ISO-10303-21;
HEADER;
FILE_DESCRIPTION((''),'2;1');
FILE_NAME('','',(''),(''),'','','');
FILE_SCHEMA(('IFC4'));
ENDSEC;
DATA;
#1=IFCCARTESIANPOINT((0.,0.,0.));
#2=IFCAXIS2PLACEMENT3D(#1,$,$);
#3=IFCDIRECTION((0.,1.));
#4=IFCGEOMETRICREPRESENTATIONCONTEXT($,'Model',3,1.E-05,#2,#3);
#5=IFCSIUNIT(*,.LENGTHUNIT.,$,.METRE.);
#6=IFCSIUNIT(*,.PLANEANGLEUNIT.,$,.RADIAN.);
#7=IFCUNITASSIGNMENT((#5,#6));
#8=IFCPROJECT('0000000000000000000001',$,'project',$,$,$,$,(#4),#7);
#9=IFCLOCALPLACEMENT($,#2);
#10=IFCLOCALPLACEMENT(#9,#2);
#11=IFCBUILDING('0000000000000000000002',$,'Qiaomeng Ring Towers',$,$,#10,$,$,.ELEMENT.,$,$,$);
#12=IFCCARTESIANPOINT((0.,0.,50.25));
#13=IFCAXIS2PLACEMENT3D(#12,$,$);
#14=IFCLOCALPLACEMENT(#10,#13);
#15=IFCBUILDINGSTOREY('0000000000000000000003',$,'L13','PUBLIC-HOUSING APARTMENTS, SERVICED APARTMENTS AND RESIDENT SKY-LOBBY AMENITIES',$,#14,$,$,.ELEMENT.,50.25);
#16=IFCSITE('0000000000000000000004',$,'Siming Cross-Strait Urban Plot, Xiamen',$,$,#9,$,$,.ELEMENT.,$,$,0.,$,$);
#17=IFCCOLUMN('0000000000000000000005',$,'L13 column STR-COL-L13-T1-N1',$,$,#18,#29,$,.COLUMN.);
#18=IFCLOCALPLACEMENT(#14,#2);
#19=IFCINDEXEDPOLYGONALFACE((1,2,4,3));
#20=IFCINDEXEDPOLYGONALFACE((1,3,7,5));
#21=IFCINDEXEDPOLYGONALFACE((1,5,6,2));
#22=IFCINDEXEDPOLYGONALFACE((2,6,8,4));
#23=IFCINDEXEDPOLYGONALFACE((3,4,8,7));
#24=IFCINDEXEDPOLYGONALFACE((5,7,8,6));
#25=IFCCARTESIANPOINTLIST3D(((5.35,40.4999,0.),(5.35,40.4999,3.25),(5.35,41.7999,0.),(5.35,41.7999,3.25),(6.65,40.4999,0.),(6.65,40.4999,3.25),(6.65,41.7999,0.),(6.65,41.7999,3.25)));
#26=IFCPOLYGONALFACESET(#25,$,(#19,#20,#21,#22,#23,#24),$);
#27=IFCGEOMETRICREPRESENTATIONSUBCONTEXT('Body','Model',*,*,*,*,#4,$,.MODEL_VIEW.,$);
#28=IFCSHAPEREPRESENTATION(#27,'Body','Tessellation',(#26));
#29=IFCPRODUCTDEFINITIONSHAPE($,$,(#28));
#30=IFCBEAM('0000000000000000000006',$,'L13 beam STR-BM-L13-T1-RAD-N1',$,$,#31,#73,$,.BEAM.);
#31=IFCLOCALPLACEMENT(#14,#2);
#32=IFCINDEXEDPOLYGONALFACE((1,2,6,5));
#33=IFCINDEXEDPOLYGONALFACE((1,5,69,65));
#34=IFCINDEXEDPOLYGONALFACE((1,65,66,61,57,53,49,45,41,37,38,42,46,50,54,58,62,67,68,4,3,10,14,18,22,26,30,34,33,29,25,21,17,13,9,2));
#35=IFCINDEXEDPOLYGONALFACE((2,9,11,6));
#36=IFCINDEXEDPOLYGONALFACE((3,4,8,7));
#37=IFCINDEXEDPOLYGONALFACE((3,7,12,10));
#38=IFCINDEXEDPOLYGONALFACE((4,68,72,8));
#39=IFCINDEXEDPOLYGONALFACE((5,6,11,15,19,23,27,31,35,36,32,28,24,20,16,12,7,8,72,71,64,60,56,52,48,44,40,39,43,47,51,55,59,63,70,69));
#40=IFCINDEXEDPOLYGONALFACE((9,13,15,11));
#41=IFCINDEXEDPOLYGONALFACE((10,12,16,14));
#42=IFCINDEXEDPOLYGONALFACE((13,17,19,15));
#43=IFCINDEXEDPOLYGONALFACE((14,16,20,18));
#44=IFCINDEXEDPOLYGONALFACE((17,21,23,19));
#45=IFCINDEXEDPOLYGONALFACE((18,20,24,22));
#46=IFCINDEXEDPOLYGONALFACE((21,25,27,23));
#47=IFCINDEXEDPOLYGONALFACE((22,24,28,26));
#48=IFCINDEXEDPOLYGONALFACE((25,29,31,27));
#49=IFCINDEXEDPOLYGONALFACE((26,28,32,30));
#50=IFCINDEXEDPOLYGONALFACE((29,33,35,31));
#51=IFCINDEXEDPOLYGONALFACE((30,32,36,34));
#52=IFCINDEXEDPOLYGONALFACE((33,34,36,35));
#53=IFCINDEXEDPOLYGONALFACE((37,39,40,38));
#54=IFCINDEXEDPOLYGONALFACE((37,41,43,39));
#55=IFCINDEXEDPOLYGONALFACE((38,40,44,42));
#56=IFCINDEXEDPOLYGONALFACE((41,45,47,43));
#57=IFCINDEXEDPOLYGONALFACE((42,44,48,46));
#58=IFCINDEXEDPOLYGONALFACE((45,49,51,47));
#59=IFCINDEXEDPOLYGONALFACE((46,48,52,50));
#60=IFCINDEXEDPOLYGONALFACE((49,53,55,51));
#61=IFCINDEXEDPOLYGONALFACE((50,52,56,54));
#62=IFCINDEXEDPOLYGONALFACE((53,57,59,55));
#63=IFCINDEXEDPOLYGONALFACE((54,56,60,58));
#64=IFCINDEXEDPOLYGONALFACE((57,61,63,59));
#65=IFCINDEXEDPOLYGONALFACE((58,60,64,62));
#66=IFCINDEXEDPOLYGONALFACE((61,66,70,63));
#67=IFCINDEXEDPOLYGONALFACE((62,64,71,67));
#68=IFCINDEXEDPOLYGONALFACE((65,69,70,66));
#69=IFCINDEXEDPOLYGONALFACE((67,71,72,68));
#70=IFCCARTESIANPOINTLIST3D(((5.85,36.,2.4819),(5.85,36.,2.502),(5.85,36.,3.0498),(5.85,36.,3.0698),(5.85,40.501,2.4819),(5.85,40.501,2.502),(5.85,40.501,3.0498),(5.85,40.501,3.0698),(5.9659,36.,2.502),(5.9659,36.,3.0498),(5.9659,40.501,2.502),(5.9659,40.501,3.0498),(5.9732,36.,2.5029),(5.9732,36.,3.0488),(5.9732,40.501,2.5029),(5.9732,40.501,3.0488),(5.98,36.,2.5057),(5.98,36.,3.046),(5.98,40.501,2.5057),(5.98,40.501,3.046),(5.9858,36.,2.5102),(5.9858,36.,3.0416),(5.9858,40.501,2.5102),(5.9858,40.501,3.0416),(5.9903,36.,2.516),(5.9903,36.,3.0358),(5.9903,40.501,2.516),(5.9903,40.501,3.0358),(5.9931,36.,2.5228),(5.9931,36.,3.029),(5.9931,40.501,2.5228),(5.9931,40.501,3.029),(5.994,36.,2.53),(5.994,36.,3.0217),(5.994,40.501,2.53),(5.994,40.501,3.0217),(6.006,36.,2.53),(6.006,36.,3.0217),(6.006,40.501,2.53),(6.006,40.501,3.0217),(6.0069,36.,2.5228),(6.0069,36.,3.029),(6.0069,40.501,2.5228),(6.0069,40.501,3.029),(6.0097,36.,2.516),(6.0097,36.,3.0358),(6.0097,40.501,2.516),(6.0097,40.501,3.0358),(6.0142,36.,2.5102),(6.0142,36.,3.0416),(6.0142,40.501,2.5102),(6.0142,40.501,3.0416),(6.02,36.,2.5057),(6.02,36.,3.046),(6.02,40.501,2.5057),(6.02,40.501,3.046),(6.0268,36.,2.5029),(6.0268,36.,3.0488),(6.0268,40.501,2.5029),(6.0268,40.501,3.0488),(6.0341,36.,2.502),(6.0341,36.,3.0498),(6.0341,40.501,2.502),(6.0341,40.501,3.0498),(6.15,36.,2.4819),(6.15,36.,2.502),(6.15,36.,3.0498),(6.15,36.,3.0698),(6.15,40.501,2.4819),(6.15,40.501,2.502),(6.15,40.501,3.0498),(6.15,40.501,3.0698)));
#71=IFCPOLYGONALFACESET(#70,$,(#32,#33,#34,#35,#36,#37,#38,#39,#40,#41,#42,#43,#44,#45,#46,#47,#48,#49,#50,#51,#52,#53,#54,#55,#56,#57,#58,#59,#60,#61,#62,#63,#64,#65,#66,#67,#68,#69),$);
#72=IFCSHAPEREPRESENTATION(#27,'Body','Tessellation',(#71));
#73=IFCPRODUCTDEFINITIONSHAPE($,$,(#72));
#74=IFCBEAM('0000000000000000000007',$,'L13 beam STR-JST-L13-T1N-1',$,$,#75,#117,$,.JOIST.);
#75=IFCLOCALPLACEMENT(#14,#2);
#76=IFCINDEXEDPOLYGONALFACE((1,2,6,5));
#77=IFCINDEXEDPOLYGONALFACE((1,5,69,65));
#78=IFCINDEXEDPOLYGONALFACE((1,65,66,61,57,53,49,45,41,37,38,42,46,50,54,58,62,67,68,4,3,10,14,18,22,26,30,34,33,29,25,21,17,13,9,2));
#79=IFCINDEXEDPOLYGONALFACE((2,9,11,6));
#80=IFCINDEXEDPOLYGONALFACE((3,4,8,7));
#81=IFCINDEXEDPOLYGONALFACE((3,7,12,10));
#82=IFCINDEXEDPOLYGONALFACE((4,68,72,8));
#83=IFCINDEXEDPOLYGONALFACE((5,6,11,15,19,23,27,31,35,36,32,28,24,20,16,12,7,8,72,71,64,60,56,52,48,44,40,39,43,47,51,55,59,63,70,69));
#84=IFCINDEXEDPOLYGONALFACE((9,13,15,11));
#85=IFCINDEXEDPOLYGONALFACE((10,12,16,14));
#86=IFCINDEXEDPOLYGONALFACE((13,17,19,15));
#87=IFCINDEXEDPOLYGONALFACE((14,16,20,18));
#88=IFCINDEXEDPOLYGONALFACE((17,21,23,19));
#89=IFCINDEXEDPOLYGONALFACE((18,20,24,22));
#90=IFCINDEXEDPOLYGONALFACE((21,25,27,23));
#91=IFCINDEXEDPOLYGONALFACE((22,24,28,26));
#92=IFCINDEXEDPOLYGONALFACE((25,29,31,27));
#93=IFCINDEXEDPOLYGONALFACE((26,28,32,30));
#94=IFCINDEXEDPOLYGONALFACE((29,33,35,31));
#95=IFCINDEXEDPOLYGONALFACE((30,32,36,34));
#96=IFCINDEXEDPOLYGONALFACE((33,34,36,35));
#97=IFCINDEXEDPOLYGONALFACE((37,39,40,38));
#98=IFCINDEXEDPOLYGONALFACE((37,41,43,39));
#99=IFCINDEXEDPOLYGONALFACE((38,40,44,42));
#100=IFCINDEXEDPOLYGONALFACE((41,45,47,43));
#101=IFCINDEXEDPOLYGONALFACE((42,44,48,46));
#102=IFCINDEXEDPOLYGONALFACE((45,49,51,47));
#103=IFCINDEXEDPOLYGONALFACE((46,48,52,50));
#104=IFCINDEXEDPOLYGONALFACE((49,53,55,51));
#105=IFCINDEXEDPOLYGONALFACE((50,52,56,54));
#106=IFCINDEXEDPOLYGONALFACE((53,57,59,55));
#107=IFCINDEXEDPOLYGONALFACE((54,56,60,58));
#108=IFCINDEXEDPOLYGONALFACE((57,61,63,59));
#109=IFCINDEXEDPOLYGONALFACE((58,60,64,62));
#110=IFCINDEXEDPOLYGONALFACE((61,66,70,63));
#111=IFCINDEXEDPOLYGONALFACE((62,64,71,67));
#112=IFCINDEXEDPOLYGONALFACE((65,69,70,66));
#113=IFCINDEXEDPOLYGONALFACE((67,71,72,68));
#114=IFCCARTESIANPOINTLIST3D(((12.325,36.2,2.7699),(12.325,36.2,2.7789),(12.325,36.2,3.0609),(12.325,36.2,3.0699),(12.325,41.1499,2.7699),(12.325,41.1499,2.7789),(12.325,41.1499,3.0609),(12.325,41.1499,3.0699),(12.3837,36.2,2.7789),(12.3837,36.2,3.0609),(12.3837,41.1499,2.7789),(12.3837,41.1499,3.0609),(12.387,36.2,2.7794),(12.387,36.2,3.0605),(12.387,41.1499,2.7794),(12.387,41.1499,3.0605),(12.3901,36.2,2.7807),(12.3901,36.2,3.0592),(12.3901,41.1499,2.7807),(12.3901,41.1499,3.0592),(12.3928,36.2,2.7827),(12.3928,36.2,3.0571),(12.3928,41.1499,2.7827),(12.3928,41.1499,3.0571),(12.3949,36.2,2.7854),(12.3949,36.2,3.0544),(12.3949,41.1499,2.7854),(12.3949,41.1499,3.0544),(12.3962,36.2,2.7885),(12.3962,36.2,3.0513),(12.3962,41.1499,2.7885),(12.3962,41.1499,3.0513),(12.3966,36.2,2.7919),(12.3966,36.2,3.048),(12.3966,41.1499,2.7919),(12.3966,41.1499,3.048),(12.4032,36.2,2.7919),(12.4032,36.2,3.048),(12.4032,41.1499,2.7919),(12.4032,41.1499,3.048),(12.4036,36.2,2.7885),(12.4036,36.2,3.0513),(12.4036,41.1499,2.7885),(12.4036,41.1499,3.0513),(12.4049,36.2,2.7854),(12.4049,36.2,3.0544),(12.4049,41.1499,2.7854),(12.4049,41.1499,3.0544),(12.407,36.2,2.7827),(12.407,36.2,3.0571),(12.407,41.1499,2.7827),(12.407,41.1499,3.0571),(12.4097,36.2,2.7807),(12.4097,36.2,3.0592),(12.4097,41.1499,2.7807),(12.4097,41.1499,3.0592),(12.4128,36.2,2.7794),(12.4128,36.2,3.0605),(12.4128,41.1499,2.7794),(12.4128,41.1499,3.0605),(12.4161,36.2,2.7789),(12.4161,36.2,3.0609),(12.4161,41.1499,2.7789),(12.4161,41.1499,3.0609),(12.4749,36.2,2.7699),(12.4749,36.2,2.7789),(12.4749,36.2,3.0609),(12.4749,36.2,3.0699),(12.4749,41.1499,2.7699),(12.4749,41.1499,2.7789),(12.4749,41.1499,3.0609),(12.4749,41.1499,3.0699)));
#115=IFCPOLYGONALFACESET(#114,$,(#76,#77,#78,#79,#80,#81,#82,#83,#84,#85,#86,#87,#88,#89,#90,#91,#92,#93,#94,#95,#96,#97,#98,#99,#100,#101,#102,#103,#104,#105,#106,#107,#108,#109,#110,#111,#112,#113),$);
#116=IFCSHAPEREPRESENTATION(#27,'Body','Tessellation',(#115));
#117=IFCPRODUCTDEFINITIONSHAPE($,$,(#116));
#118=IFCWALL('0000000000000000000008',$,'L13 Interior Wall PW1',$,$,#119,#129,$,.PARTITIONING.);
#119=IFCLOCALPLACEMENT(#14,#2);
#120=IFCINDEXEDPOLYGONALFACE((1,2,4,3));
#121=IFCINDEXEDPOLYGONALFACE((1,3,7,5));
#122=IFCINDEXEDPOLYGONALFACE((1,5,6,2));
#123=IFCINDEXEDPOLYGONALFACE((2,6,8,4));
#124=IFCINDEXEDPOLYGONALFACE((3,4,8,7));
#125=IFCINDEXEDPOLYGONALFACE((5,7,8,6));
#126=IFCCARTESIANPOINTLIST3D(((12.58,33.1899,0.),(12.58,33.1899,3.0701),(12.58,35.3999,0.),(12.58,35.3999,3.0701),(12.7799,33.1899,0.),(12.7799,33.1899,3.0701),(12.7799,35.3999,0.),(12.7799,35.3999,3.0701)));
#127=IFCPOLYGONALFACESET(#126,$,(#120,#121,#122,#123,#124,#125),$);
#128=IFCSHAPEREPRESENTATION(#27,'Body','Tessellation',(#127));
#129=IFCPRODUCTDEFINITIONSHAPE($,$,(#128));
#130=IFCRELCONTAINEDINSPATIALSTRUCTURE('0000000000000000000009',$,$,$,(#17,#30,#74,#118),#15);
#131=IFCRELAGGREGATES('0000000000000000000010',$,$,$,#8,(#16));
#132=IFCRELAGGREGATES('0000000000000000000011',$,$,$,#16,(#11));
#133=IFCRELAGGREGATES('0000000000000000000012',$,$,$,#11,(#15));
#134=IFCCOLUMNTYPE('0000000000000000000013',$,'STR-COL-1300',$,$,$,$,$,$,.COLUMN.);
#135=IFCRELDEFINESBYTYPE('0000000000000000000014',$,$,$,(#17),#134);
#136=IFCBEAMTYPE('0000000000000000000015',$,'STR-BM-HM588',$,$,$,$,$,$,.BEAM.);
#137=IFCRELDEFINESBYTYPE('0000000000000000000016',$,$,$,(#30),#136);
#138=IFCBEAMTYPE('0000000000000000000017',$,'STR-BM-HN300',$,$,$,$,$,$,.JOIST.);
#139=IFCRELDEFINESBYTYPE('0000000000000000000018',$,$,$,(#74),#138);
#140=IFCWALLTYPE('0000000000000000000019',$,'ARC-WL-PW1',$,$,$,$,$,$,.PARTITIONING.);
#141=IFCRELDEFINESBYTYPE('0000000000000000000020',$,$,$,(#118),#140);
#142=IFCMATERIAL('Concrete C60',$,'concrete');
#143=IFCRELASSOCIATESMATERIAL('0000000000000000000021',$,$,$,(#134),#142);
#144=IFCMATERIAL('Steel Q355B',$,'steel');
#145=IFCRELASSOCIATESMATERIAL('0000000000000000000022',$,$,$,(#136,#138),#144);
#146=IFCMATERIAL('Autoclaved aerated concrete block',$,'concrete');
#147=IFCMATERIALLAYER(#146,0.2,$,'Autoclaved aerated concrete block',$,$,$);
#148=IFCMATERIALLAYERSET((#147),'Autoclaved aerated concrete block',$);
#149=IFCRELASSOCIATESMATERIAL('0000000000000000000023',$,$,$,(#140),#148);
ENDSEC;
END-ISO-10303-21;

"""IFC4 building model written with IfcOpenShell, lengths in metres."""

from ifc_helpers import new_model, si_unit, direction, frame, frame_2d, origin, origin_2d, place, context, subcontext, project, spatial, rectangle, i_section, extrude, source, transform, mapped, material, layer, layer_set, material_profile, profile_set, type_object, element, save


model = new_model("IFC4")

# Units and contexts
model_context = context("Model", 3, precision=1e-05, world=origin(), true_north=direction((0.0, 1.0)))
body_context = subcontext(model_context, "Body", "Model", "MODEL_VIEW")
ifc_project = project(units=[si_unit("LENGTHUNIT", "METRE"), si_unit("PLANEANGLEUNIT", "RADIAN")], contexts=[model_context])

# Site, building, storey
site_placement = place(None, origin())
site = spatial("IfcSite", under=ifc_project, at=site_placement, Name="Siming Cross-Strait Urban Plot, Xiamen", CompositionType="ELEMENT", RefElevation=0.0)
building_placement = place(site_placement, origin())
building = spatial("IfcBuilding", under=site, at=building_placement, Name="Qiaomeng Ring Towers", CompositionType="ELEMENT")
storey_placement = place(building_placement, frame((0.0, 0.0, 50.25)))
storey = spatial("IfcBuildingStorey", under=building, at=storey_placement, Name="L13", Description="PUBLIC-HOUSING APARTMENTS, SERVICED APARTMENTS AND RESIDENT SKY-LOBBY AMENITIES", CompositionType="ELEMENT", Elevation=50.25)

# Column
ifc_material_1 = material(Name="Concrete C60", Category="concrete")
ifc_material_profile_1 = material_profile(ifc_material_1, rectangle(XDim=1.3, YDim=1.3, at=origin_2d()), Name="RC COL 1300x1300")
ifc_profile_set_1 = profile_set([ifc_material_profile_1], Name="Concrete C60")
column_type = type_object("IfcColumnType", Name="STR-COL-1300", PredefinedType="COLUMN", material=ifc_profile_set_1)
shared_shape_1 = source(origin(), body_context, "Body", "SweptSolid", [
    extrude(rectangle(XDim=1.3, YDim=1.3, at=origin_2d()), origin(), (0.0, 0.0, 1.0), 3.25),
])
column_placement = place(storey_placement, frame((6.0, 41.1499, 0.0), z_axis=(0.0, 0.0, 1.0), x_axis=(1.0, 0.0, 0.0)))
element("IfcColumn", 1, at=column_placement, inside=storey, type_object=column_type, Name="L13 column STR-COL-L13-T1-N1", PredefinedType="COLUMN", context=body_context, shape_type="MappedRepresentation", body=[
    mapped(shared_shape_1, transform((0.0, 0.0, 0.0), x_axis=(1.0, 0.0, 0.0), y_axis=(0.0, 1.0, 0.0), z_axis=(0.0, 0.0, 1.0), scale=1.0)),
])

# Beams
ifc_material_2 = material(Name="Steel Q355B", Category="steel")
ifc_material_profile_2 = material_profile(ifc_material_2, i_section(OverallWidth=0.3, OverallDepth=0.5879, WebThickness=0.012, FlangeThickness=0.02, FilletRadius=0.0281, at=origin_2d()), Name="HM 588x300x12x20")
ifc_profile_set_2 = profile_set([ifc_material_profile_2], Name="Steel Q355B")
beam_type_1 = type_object("IfcBeamType", Name="STR-BM-HM588", PredefinedType="BEAM", material=ifc_profile_set_2)
shared_shape_2 = source(origin(), body_context, "Body", "SweptSolid", [
    extrude(i_section(OverallWidth=0.3, OverallDepth=0.5879, WebThickness=0.012, FlangeThickness=0.02, FilletRadius=0.0281, at=origin_2d()), origin(), (0.0, 0.0, 1.0), 4.501),
])
beam_1_placement = place(storey_placement, frame((6.0, 40.501, 2.7759), z_axis=(0.0, -1.0, 0.0), x_axis=(1.0, 0.0, 0.0)))
element("IfcBeam", 2, at=beam_1_placement, inside=storey, type_object=beam_type_1, Name="L13 beam STR-BM-L13-T1-RAD-N1", PredefinedType="BEAM", context=body_context, shape_type="MappedRepresentation", body=[
    mapped(shared_shape_2, transform((0.0, 0.0, 0.0), x_axis=(1.0, 0.0, 0.0), y_axis=(0.0, 1.0, 0.0), z_axis=(0.0, 0.0, 1.0), scale=1.0)),
])
ifc_material_profile_3 = material_profile(ifc_material_2, i_section(OverallWidth=0.1499, OverallDepth=0.3, WebThickness=0.0066, FlangeThickness=0.009, FilletRadius=0.0129, at=origin_2d()), Name="HN 300x150x6.5x9")
ifc_profile_set_3 = profile_set([ifc_material_profile_3], Name="Steel Q355B")
beam_type_2 = type_object("IfcBeamType", Name="STR-BM-HN300", PredefinedType="JOIST", material=ifc_profile_set_3)
shared_shape_3 = source(origin(), body_context, "Body", "SweptSolid", [
    extrude(i_section(OverallWidth=0.1499, OverallDepth=0.3, WebThickness=0.0066, FlangeThickness=0.009, FilletRadius=0.0129, at=origin_2d()), origin(), (0.0, 0.0, 1.0), 4.95),
])
beam_2_placement = place(storey_placement, frame((12.3999, 36.2, 2.9199), z_axis=(0.0, 1.0, 0.0), x_axis=(-1.0, 0.0, 0.0)))
element("IfcBeam", 3, at=beam_2_placement, inside=storey, type_object=beam_type_2, Name="L13 beam STR-JST-L13-T1N-1", PredefinedType="JOIST", context=body_context, shape_type="MappedRepresentation", body=[
    mapped(shared_shape_3, transform((0.0, 0.0, 0.0), x_axis=(1.0, 0.0, 0.0), y_axis=(0.0, 1.0, 0.0), z_axis=(0.0, 0.0, 1.0), scale=1.0)),
])

# Wall
ifc_material_3 = material(Name="Autoclaved aerated concrete block", Category="concrete")
ifc_layer_1 = layer(ifc_material_3, 0.2, Name="Autoclaved aerated concrete block")
ifc_layer_set_1 = layer_set([ifc_layer_1], Name="Autoclaved aerated concrete block")
wall_type_1 = type_object("IfcWallType", Name="ARC-WL-PW1", PredefinedType="PARTITIONING", material=ifc_layer_set_1)
wall_1_placement = place(storey_placement, frame((12.6799, 33.1899, 0.0), z_axis=(0.0, 0.0, 1.0), x_axis=(0.0, 1.0, 0.0)))
element("IfcWall", 4, at=wall_1_placement, inside=storey, type_object=wall_type_1, Name="L13 Interior Wall PW1", PredefinedType="PARTITIONING", context=body_context, shape_type="SweptSolid", body=[
    extrude(rectangle(XDim=2.21, YDim=0.2, at=frame_2d((1.105, 0.0))), origin(), (0.0, 0.0, 1.0), 3.0701),
])

save(model, "model.ifc")
